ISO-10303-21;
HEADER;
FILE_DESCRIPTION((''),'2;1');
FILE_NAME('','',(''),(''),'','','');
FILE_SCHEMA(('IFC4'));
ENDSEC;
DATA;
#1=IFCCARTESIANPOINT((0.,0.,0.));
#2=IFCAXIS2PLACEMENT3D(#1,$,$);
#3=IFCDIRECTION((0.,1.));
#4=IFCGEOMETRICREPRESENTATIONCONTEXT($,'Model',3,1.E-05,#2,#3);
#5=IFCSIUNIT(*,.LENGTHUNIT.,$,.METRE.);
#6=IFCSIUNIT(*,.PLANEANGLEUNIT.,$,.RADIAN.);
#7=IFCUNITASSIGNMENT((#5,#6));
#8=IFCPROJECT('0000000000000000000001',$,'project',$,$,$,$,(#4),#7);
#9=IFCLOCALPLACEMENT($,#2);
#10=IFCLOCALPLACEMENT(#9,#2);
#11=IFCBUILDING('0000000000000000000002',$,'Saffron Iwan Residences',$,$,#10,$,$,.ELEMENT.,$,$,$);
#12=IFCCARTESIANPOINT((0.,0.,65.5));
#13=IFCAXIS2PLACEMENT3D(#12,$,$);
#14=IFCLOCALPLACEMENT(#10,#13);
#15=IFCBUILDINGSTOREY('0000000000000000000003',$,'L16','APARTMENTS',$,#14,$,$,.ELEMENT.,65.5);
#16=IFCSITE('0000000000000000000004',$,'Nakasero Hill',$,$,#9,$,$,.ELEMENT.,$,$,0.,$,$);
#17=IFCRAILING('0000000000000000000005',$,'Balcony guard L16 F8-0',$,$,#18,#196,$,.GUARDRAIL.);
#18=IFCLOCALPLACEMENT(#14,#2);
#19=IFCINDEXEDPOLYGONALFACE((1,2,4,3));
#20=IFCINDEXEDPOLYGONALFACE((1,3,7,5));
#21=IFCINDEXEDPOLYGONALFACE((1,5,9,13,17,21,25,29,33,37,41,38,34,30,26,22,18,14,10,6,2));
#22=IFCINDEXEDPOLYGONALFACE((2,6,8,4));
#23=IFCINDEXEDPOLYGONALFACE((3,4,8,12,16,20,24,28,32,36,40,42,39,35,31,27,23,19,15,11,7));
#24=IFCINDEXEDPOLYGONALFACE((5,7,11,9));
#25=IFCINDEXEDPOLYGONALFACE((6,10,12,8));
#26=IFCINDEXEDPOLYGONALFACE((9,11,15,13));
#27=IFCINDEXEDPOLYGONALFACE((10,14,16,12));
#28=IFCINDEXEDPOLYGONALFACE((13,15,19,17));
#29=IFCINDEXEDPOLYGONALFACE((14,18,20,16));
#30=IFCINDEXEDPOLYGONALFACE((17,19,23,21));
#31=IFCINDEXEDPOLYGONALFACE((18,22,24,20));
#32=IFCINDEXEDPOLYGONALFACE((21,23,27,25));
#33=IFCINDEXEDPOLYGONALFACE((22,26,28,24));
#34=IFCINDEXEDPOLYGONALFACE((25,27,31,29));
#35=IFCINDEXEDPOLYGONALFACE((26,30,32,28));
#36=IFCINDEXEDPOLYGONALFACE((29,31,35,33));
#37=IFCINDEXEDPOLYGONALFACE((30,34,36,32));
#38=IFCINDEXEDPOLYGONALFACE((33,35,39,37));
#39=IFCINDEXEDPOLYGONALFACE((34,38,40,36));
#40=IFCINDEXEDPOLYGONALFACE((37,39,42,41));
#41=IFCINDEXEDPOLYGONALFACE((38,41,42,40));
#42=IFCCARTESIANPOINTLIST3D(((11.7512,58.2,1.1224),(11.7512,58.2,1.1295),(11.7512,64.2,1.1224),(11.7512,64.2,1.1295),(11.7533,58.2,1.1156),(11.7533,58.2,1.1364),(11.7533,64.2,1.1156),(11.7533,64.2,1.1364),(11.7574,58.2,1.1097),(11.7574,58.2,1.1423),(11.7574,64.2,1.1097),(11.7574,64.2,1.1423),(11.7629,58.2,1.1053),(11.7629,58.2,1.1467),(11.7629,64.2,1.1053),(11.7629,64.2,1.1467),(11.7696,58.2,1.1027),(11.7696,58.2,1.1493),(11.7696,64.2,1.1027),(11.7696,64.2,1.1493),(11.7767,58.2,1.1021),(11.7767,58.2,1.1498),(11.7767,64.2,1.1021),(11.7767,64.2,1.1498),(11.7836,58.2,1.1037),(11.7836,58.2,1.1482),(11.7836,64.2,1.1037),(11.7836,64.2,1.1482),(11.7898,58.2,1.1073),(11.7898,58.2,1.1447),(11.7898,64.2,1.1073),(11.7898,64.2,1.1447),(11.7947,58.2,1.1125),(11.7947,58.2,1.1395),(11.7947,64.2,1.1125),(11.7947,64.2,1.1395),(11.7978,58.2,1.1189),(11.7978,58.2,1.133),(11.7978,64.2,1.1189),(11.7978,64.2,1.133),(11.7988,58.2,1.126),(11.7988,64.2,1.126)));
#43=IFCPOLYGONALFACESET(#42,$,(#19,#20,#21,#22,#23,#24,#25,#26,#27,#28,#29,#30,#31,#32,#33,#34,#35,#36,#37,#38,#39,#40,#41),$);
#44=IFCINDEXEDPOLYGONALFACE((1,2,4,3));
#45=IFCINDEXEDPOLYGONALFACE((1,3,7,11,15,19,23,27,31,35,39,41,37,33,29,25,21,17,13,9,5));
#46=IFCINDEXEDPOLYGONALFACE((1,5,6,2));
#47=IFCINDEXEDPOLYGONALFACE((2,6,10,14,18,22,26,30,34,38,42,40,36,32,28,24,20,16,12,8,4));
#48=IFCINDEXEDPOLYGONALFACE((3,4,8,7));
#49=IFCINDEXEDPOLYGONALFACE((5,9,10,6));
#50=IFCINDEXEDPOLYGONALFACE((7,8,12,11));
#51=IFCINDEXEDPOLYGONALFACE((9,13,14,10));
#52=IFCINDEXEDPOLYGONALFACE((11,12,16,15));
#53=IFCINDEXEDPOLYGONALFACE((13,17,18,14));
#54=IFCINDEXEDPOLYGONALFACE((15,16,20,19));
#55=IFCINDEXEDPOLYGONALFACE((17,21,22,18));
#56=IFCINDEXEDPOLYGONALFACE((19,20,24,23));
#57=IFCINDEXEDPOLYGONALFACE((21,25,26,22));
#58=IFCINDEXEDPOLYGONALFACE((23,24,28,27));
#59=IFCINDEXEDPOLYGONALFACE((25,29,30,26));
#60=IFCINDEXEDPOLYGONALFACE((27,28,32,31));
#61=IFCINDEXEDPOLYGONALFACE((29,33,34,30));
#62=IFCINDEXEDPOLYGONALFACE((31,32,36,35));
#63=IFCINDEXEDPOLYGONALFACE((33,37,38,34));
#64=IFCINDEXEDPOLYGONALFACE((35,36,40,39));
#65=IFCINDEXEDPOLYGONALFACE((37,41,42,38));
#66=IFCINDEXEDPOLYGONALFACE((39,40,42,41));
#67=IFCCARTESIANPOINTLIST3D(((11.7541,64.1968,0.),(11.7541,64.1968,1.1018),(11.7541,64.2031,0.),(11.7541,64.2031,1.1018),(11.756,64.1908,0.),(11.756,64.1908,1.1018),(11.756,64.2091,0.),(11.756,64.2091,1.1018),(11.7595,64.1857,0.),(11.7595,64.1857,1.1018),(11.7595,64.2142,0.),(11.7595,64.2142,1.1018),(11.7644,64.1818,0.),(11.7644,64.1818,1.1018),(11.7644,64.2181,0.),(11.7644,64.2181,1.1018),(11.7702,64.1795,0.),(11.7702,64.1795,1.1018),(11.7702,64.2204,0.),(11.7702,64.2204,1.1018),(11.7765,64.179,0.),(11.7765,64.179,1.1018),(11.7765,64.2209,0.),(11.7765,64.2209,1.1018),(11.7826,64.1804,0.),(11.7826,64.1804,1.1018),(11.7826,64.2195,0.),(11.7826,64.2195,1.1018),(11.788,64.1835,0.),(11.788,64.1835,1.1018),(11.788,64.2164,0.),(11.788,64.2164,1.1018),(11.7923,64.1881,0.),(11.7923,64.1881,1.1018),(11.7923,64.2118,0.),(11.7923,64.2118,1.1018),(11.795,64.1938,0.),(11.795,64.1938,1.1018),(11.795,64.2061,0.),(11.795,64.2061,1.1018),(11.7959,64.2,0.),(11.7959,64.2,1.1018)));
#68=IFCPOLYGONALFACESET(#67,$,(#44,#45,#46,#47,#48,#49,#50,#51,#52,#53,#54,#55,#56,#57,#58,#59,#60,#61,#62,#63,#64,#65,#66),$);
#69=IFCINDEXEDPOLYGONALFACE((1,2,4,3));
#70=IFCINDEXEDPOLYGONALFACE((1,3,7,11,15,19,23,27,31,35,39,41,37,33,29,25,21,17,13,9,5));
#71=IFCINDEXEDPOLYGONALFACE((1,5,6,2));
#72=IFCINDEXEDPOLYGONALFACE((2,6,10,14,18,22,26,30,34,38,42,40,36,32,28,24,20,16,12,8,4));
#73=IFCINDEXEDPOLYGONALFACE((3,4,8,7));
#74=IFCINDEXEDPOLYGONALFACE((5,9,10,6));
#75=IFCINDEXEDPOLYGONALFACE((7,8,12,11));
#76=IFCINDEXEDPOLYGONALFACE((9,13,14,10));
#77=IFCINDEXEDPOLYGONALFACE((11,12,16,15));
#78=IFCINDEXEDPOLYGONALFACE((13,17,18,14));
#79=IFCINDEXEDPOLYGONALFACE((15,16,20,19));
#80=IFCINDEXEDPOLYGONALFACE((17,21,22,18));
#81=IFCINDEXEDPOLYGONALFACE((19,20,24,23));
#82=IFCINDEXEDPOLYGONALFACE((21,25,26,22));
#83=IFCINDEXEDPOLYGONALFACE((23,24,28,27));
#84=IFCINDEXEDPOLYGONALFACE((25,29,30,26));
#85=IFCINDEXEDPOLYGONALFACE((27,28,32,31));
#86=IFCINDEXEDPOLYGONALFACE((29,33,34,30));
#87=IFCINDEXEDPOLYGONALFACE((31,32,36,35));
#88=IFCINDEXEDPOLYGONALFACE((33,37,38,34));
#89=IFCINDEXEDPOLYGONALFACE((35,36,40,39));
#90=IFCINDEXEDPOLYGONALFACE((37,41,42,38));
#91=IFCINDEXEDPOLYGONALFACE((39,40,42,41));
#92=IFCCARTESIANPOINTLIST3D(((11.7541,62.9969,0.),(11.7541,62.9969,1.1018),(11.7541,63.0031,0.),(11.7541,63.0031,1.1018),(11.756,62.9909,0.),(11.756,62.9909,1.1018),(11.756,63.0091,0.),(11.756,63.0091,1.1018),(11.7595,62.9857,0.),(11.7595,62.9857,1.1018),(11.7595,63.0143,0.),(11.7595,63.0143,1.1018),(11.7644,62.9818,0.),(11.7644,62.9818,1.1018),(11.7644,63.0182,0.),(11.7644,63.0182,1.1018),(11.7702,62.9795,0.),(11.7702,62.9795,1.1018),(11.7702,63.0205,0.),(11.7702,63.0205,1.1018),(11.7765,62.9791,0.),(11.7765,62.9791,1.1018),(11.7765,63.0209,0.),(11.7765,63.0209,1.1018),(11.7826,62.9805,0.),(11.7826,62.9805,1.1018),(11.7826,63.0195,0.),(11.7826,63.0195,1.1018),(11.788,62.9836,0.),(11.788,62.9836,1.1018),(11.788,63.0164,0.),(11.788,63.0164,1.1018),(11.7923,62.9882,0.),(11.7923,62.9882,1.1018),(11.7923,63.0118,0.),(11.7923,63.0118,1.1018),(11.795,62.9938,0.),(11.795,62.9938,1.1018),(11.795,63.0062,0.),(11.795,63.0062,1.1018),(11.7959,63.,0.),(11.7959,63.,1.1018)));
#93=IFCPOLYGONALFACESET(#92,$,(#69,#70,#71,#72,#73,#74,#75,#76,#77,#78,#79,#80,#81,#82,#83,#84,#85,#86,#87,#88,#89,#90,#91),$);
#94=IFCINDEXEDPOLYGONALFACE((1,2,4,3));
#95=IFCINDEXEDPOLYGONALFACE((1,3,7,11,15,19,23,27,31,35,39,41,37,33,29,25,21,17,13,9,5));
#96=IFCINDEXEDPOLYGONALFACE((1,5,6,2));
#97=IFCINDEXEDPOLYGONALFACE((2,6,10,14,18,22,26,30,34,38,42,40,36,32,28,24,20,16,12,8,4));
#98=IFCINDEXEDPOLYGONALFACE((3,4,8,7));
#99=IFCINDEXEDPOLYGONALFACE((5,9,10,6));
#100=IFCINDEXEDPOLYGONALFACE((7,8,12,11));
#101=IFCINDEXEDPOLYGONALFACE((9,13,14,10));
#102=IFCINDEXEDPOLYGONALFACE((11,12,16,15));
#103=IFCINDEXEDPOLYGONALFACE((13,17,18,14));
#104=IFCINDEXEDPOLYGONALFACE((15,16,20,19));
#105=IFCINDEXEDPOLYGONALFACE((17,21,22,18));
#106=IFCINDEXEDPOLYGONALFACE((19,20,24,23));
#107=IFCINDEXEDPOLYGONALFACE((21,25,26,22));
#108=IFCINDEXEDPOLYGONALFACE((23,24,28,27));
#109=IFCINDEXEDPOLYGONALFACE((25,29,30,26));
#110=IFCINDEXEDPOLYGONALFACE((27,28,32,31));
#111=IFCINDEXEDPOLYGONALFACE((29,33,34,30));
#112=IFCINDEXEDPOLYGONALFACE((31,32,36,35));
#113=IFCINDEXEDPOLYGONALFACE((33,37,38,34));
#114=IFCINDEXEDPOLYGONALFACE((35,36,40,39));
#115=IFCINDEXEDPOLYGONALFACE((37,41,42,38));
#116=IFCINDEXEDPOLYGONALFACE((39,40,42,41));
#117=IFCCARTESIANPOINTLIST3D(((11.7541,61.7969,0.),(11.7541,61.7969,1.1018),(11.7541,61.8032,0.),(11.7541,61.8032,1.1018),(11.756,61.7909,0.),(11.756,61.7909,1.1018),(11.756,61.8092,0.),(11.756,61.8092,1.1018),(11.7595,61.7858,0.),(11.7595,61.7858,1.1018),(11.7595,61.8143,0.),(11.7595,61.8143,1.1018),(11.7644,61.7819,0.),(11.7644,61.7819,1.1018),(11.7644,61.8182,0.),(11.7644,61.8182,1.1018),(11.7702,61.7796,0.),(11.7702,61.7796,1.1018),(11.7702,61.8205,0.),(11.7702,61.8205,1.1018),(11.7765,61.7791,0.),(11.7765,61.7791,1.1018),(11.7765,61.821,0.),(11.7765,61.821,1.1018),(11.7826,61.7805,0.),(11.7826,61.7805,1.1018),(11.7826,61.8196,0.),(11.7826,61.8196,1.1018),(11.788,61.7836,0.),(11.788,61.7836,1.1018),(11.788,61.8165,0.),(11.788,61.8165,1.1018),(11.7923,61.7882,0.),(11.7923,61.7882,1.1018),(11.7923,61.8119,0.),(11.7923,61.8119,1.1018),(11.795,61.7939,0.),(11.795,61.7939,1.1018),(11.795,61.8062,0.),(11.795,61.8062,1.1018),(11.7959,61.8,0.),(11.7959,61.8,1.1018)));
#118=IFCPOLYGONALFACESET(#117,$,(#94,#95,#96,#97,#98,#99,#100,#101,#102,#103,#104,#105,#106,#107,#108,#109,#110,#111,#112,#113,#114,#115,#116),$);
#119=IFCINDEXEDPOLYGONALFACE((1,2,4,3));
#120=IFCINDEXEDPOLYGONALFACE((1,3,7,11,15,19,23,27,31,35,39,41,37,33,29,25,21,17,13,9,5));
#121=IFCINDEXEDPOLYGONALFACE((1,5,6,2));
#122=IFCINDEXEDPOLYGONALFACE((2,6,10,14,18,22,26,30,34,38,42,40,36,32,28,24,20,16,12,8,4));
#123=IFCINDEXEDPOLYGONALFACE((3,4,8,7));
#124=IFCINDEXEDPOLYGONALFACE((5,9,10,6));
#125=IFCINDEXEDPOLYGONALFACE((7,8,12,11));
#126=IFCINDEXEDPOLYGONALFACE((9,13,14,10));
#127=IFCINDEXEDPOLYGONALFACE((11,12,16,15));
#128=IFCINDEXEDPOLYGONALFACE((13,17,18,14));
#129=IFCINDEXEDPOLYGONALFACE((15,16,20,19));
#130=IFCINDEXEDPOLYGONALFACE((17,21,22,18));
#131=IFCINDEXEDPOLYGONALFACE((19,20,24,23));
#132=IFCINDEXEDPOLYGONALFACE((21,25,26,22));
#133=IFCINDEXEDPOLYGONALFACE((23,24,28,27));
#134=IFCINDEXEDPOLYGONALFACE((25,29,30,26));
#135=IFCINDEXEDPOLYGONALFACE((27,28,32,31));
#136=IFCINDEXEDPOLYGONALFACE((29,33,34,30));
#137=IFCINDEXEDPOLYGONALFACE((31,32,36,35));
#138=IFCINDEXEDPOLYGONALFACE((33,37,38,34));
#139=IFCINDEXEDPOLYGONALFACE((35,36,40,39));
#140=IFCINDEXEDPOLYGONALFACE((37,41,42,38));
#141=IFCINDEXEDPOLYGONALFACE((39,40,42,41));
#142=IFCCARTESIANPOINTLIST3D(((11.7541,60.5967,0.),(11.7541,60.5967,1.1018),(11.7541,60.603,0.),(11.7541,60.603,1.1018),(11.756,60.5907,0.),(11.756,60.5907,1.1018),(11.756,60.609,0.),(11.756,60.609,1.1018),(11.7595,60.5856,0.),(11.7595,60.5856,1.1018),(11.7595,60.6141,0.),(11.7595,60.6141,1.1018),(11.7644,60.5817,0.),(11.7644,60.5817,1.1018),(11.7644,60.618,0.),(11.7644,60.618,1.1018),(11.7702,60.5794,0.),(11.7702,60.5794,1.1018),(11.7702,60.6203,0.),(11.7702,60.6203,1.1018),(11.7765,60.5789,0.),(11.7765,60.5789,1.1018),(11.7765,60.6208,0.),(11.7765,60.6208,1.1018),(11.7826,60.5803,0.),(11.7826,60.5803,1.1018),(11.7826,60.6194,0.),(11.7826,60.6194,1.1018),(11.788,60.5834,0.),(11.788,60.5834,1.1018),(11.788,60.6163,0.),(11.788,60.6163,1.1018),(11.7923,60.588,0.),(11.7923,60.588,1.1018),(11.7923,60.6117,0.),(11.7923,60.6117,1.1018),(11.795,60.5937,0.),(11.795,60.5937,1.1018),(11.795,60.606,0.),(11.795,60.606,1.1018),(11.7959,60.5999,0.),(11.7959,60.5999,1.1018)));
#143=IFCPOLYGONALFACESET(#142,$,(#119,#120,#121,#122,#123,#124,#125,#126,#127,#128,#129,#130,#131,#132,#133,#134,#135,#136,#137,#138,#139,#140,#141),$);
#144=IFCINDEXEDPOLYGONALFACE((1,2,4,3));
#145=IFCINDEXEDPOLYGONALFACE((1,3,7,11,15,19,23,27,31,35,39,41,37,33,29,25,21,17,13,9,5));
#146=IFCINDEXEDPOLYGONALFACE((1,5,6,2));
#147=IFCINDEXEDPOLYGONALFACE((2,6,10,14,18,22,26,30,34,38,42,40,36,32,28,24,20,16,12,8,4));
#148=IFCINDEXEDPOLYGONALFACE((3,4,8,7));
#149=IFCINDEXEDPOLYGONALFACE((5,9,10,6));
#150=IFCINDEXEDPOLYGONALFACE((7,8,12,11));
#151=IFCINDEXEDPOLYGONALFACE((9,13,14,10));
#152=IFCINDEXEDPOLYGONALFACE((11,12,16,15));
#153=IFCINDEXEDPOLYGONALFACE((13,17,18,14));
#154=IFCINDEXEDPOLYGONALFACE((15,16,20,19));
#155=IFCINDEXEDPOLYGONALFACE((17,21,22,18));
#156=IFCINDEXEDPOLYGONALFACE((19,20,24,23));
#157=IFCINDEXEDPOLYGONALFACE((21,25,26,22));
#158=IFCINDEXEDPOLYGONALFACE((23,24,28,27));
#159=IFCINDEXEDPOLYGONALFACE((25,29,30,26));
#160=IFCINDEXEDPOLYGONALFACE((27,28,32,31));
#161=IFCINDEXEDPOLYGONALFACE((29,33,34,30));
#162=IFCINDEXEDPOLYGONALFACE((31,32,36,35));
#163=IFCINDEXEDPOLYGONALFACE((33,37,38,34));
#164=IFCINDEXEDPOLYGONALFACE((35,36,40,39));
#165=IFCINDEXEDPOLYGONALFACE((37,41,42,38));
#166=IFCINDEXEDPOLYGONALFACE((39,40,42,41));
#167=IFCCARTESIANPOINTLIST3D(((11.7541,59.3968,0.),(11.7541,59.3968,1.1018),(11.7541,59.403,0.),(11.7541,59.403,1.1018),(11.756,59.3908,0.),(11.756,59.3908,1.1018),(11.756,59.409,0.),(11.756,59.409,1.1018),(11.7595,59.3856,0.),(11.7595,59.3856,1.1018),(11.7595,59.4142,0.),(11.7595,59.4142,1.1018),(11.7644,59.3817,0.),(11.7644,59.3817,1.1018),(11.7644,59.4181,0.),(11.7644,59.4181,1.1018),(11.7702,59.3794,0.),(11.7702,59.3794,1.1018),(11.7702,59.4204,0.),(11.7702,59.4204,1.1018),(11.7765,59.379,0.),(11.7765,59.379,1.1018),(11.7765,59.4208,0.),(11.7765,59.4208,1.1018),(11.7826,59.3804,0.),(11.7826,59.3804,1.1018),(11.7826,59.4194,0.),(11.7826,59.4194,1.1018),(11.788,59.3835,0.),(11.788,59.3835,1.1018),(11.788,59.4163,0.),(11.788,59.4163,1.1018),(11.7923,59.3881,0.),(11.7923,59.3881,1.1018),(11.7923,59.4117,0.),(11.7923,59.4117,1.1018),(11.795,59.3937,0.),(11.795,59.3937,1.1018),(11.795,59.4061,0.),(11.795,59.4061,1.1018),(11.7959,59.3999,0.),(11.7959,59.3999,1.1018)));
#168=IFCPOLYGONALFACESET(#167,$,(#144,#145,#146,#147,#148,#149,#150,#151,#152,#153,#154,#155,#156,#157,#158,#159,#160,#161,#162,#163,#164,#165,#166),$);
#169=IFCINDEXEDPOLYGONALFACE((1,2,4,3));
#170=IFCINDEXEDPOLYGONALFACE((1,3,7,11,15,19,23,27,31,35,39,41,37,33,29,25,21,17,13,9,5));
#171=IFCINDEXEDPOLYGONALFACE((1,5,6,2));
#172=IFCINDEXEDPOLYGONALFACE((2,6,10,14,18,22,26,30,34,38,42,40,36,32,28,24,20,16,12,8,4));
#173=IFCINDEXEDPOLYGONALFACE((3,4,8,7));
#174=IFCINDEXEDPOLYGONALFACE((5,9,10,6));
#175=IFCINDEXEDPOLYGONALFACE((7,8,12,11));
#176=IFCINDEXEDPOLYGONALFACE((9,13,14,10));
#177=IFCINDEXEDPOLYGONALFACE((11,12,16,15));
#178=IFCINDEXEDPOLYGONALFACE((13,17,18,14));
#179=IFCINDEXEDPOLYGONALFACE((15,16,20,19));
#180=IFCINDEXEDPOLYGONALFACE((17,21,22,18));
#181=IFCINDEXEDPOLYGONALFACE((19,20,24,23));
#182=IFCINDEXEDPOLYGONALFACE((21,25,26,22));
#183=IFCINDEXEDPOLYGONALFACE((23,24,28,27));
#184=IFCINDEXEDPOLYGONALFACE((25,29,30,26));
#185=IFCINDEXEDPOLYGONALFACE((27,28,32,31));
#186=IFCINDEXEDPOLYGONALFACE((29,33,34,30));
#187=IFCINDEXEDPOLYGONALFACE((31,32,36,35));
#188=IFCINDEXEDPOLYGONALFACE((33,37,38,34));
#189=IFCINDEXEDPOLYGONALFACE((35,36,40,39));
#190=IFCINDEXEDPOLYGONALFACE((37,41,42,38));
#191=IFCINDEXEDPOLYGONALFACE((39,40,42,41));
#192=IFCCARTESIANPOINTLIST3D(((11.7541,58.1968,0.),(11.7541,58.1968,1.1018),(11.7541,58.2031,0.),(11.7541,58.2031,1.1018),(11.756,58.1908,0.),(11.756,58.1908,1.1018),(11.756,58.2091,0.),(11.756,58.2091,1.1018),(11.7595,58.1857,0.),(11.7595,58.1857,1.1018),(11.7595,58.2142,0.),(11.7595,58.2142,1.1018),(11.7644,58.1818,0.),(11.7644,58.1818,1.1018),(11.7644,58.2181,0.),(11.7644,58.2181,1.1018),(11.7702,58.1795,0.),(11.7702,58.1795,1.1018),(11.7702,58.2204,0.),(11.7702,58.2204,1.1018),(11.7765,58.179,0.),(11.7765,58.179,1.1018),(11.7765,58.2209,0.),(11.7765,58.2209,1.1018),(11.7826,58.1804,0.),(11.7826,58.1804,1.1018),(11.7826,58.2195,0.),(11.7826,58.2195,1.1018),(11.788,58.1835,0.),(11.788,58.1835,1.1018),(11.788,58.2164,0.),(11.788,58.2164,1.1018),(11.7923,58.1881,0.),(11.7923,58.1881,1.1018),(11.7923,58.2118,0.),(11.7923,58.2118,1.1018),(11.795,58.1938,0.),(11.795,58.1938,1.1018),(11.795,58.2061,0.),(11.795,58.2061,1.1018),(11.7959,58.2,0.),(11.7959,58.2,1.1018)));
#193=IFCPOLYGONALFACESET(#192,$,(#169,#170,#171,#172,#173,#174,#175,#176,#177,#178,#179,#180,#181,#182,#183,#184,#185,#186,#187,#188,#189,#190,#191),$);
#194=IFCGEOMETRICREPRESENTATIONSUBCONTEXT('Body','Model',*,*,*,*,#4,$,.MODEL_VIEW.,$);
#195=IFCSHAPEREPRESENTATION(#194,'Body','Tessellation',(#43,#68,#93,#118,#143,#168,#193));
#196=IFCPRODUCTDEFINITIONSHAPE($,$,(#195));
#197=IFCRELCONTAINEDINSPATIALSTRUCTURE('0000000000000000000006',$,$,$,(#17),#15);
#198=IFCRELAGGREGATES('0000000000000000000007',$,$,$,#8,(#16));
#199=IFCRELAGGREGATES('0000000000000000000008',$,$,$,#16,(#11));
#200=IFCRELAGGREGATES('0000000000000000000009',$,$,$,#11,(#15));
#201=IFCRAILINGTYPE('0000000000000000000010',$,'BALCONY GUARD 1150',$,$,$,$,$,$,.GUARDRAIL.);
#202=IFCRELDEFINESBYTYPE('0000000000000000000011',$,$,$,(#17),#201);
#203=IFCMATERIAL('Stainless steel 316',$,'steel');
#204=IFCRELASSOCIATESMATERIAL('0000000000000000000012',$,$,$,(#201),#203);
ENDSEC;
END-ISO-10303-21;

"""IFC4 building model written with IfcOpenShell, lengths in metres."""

from ifc_helpers import new_model, si_unit, direction, frame, origin, origin_2d, place, context, subcontext, project, spatial, circle, extrude, material, type_object, element, save


model = new_model("IFC4")

# Units and contexts
model_context = context("Model", 3, precision=1e-05, world=origin(), true_north=direction((0.0, 1.0)))
body_context = subcontext(model_context, "Body", "Model", "MODEL_VIEW")
ifc_project = project(units=[si_unit("LENGTHUNIT", "METRE"), si_unit("PLANEANGLEUNIT", "RADIAN")], contexts=[model_context])

# Site, building, storey
site_placement = place(None, origin())
site = spatial("IfcSite", under=ifc_project, at=site_placement, Name="Nakasero Hill", CompositionType="ELEMENT", RefElevation=0.0)
building_placement = place(site_placement, origin())
building = spatial("IfcBuilding", under=site, at=building_placement, Name="Saffron Iwan Residences", CompositionType="ELEMENT")
storey_placement = place(building_placement, frame((0.0, 0.0, 65.5)))
storey = spatial("IfcBuildingStorey", under=building, at=storey_placement, Name="L16", Description="APARTMENTS", CompositionType="ELEMENT", Elevation=65.5)

# Railing
ifc_material_1 = material(Name="Stainless steel 316", Category="steel")
railing_type = type_object("IfcRailingType", Name="BALCONY GUARD 1150", PredefinedType="GUARDRAIL", material=ifc_material_1)
for number, where, name in (
    (1, (11.7749, 64.2, 0.0), "Balcony guard L16 F8-0"),
):
    element("IfcRailing", number, at=place(storey_placement, frame(where)), inside=storey, type_object=railing_type, Name=name, PredefinedType="GUARDRAIL", context=body_context, shape_type="SweptSolid", body=[
        extrude(circle(Radius=0.0239, at=origin_2d()), frame((0.0, 0.0, 1.126), z_axis=(0.0, -1.0, 0.0), x_axis=(1.0, 0.0, 0.0)), (0.0, 0.0, 1.0), 6.0),
        extrude(circle(Radius=0.021, at=origin_2d()), origin(), (0.0, 0.0, 1.0), 1.1018),
        extrude(circle(Radius=0.021, at=origin_2d()), frame((0.0, -1.2, 0.0)), (0.0, 0.0, 1.0), 1.1018),
        extrude(circle(Radius=0.021, at=origin_2d()), frame((0.0, -2.3999, 0.0)), (0.0, 0.0, 1.0), 1.1018),
        extrude(circle(Radius=0.021, at=origin_2d()), frame((0.0, -3.6001, 0.0)), (0.0, 0.0, 1.0), 1.1018),
        extrude(circle(Radius=0.021, at=origin_2d()), frame((0.0, -4.8, 0.0)), (0.0, 0.0, 1.0), 1.1018),
        extrude(circle(Radius=0.021, at=origin_2d()), frame((0.0, -6.0, 0.0)), (0.0, 0.0, 1.0), 1.1018),
    ])

save(model, "model.ifc")
